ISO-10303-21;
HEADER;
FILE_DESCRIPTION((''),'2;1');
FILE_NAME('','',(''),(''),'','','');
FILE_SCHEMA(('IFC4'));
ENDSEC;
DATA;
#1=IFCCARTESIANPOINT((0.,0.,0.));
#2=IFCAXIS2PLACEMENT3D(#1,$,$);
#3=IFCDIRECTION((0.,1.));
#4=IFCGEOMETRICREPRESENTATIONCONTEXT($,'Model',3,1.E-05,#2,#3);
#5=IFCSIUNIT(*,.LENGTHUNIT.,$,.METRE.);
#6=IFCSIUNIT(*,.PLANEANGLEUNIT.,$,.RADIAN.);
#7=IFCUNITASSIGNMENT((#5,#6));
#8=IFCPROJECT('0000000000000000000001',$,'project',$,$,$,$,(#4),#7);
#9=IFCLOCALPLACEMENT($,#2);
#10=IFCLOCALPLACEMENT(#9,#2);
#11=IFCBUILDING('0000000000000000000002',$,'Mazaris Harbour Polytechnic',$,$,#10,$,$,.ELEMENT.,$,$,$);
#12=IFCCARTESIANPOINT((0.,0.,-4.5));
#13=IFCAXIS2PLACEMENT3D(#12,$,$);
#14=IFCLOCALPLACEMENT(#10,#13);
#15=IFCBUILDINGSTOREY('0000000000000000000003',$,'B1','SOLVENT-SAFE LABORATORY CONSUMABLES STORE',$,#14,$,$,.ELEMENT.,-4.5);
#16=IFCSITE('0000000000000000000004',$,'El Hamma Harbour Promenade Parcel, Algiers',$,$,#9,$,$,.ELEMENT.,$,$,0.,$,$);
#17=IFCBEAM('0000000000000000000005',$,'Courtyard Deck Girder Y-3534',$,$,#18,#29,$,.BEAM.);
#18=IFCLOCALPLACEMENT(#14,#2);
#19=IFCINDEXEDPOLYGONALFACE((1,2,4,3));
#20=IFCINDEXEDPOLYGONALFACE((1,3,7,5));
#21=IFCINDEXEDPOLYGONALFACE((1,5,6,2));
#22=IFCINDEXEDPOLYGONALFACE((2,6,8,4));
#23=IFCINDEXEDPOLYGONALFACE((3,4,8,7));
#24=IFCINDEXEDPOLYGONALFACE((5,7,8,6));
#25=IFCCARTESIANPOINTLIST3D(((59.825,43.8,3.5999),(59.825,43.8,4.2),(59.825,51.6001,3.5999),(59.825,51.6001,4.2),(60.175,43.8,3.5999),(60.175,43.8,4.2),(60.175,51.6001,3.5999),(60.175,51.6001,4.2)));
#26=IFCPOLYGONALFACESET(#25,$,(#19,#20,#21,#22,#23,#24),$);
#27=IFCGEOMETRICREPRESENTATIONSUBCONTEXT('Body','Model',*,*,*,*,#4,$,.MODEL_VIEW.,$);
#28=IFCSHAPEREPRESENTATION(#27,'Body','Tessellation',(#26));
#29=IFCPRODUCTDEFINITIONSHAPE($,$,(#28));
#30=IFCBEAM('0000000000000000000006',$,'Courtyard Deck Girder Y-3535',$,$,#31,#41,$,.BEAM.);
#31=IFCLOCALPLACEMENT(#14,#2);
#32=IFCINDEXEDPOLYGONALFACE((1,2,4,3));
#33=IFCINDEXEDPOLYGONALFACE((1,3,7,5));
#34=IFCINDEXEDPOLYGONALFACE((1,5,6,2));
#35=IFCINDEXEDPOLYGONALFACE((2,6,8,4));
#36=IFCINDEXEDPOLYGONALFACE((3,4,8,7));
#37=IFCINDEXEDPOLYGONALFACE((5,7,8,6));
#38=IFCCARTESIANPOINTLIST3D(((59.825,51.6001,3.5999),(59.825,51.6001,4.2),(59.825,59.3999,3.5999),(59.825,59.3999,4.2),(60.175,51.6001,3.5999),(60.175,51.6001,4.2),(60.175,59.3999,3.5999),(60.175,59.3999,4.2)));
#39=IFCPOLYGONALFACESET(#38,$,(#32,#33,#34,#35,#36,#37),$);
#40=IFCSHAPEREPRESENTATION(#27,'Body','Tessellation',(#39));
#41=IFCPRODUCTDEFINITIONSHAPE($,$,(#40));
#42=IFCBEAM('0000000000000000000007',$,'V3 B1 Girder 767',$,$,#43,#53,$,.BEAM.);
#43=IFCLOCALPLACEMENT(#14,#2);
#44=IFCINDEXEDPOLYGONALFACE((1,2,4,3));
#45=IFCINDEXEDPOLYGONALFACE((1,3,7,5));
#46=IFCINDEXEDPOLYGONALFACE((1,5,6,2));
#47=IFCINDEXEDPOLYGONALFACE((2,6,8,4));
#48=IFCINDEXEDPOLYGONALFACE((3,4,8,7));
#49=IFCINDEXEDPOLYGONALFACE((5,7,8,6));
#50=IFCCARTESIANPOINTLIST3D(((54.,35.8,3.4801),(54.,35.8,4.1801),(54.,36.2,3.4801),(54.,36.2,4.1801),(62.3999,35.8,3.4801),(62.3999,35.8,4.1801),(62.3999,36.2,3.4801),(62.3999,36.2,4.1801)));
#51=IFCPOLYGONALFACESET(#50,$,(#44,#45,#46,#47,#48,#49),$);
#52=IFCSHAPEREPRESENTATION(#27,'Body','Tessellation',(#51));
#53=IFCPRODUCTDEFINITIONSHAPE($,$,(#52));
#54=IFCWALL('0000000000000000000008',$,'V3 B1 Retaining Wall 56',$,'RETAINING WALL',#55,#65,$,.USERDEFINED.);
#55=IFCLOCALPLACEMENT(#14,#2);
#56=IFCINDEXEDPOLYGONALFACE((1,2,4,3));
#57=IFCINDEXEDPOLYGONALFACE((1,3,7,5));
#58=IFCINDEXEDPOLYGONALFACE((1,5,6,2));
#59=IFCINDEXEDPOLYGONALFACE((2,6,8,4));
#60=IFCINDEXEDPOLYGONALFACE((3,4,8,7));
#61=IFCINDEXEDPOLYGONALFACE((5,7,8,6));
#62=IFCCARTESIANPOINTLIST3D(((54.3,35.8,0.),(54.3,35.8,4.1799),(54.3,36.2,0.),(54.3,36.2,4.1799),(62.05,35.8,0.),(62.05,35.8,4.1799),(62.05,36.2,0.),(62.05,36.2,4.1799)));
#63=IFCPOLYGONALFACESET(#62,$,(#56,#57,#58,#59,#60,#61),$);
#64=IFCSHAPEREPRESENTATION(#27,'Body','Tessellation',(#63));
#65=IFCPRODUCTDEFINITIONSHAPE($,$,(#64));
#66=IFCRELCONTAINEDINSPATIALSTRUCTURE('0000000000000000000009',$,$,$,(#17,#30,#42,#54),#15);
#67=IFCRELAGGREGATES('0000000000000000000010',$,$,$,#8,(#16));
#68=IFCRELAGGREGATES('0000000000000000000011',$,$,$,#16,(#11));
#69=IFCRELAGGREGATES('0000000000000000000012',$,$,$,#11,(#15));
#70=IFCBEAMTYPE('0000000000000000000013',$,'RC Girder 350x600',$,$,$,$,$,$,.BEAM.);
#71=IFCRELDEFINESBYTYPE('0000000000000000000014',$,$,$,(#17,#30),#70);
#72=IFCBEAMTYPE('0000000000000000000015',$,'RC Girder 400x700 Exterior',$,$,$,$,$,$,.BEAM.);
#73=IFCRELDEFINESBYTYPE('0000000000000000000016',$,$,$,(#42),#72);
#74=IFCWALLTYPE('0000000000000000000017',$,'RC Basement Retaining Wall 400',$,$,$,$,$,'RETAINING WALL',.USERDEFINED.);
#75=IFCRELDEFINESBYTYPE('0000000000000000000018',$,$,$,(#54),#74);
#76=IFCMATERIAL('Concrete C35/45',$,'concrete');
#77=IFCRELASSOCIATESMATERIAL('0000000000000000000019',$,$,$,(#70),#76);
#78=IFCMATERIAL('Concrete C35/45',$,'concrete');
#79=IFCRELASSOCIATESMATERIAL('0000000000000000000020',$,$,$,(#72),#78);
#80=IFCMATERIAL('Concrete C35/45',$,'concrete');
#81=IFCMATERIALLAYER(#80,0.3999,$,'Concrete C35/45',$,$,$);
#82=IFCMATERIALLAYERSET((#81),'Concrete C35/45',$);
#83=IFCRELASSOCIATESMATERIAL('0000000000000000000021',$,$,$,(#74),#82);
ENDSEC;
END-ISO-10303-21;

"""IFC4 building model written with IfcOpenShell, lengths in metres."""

from ifc_helpers import new_model, si_unit, direction, frame, frame_2d, origin, origin_2d, place, context, subcontext, project, spatial, rectangle, extrude, material, layer, layer_set, material_profile, profile_set, type_object, element, save


model = new_model("IFC4")

# Units and contexts
model_context = context("Model", 3, precision=1e-05, world=origin(), true_north=direction((0.0, 1.0)))
body_context = subcontext(model_context, "Body", "Model", "MODEL_VIEW")
ifc_project = project(units=[si_unit("LENGTHUNIT", "METRE"), si_unit("PLANEANGLEUNIT", "RADIAN")], contexts=[model_context])

# Site, building, storey
site_placement = place(None, origin())
site = spatial("IfcSite", under=ifc_project, at=site_placement, Name="El Hamma Harbour Promenade Parcel, Algiers", CompositionType="ELEMENT", RefElevation=0.0)
building_placement = place(site_placement, origin())
building = spatial("IfcBuilding", under=site, at=building_placement, Name="Mazaris Harbour Polytechnic", CompositionType="ELEMENT")
storey_placement = place(building_placement, frame((0.0, 0.0, -4.5)))
storey = spatial("IfcBuildingStorey", under=building, at=storey_placement, Name="B1", Description="SOLVENT-SAFE LABORATORY CONSUMABLES STORE", CompositionType="ELEMENT", Elevation=-4.5)

# Beams
ifc_material_1 = material(Name="Concrete C35/45", Category="concrete")
ifc_material_profile_1 = material_profile(ifc_material_1, rectangle(XDim=0.3501, YDim=0.6001, at=origin_2d()), Name="RECT350x600")
ifc_profile_set_1 = profile_set([ifc_material_profile_1], Name="Concrete C35/45")
beam_type_1 = type_object("IfcBeamType", Name="RC Girder 350x600", PredefinedType="BEAM", material=ifc_profile_set_1)
beam_1_placement = place(storey_placement, frame((60.0, 43.8, 3.8999), z_axis=(0.0, 1.0, 0.0), x_axis=(-1.0, 0.0, 0.0)))
element("IfcBeam", 1, at=beam_1_placement, inside=storey, type_object=beam_type_1, Name="Courtyard Deck Girder Y-3534", PredefinedType="BEAM", context=body_context, shape_type="SweptSolid", body=[
    extrude(rectangle(XDim=0.3501, YDim=0.6001, at=origin_2d()), origin(), (0.0, 0.0, 1.0), 7.8),
])
beam_2_placement = place(storey_placement, frame((60.0, 51.6001, 3.8999), z_axis=(0.0, 1.0, 0.0), x_axis=(-1.0, 0.0, 0.0)))
element("IfcBeam", 2, at=beam_2_placement, inside=storey, type_object=beam_type_1, Name="Courtyard Deck Girder Y-3535", PredefinedType="BEAM", context=body_context, shape_type="SweptSolid", body=[
    extrude(rectangle(XDim=0.3501, YDim=0.6001, at=origin_2d()), origin(), (0.0, 0.0, 1.0), 7.7998),
])
ifc_material_2 = material(Name="Concrete C35/45", Category="concrete")
ifc_material_profile_2 = material_profile(ifc_material_2, rectangle(XDim=0.3999, YDim=0.7, at=origin_2d()), Name="RECT400x700")
ifc_profile_set_2 = profile_set([ifc_material_profile_2], Name="Concrete C35/45")
beam_type_2 = type_object("IfcBeamType", Name="RC Girder 400x700 Exterior", PredefinedType="BEAM", material=ifc_profile_set_2)
beam_3_placement = place(storey_placement, frame((54.0, 36.0, 3.8301), z_axis=(1.0, 0.0, 0.0), x_axis=(0.0, 1.0, 0.0)))
element("IfcBeam", 3, at=beam_3_placement, inside=storey, type_object=beam_type_2, Name="V3 B1 Girder 767", PredefinedType="BEAM", context=body_context, shape_type="SweptSolid", body=[
    extrude(rectangle(XDim=0.3999, YDim=0.7, at=origin_2d()), origin(), (0.0, 0.0, 1.0), 8.3999),
])

# Wall
ifc_material_3 = material(Name="Concrete C35/45", Category="concrete")
ifc_layer = layer(ifc_material_3, 0.3999, Name="Concrete C35/45")
ifc_layer_set = layer_set([ifc_layer], Name="Concrete C35/45")
wall_type = type_object("IfcWallType", Name="RC Basement Retaining Wall 400", ElementType="RETAINING WALL", PredefinedType="USERDEFINED", material=ifc_layer_set)
wall_placement = place(storey_placement, frame((54.3, 36.0, 0.0), z_axis=(0.0, 0.0, 1.0), x_axis=(1.0, 0.0, 0.0)))
element("IfcWall", 4, at=wall_placement, inside=storey, type_object=wall_type, Name="V3 B1 Retaining Wall 56", ObjectType="RETAINING WALL", PredefinedType="USERDEFINED", context=body_context, shape_type="SweptSolid", body=[
    extrude(rectangle(XDim=7.75, YDim=0.3999, at=frame_2d((3.875, 0.0))), origin(), (0.0, 0.0, 1.0), 4.1799),
])

save(model, "model.ifc")
